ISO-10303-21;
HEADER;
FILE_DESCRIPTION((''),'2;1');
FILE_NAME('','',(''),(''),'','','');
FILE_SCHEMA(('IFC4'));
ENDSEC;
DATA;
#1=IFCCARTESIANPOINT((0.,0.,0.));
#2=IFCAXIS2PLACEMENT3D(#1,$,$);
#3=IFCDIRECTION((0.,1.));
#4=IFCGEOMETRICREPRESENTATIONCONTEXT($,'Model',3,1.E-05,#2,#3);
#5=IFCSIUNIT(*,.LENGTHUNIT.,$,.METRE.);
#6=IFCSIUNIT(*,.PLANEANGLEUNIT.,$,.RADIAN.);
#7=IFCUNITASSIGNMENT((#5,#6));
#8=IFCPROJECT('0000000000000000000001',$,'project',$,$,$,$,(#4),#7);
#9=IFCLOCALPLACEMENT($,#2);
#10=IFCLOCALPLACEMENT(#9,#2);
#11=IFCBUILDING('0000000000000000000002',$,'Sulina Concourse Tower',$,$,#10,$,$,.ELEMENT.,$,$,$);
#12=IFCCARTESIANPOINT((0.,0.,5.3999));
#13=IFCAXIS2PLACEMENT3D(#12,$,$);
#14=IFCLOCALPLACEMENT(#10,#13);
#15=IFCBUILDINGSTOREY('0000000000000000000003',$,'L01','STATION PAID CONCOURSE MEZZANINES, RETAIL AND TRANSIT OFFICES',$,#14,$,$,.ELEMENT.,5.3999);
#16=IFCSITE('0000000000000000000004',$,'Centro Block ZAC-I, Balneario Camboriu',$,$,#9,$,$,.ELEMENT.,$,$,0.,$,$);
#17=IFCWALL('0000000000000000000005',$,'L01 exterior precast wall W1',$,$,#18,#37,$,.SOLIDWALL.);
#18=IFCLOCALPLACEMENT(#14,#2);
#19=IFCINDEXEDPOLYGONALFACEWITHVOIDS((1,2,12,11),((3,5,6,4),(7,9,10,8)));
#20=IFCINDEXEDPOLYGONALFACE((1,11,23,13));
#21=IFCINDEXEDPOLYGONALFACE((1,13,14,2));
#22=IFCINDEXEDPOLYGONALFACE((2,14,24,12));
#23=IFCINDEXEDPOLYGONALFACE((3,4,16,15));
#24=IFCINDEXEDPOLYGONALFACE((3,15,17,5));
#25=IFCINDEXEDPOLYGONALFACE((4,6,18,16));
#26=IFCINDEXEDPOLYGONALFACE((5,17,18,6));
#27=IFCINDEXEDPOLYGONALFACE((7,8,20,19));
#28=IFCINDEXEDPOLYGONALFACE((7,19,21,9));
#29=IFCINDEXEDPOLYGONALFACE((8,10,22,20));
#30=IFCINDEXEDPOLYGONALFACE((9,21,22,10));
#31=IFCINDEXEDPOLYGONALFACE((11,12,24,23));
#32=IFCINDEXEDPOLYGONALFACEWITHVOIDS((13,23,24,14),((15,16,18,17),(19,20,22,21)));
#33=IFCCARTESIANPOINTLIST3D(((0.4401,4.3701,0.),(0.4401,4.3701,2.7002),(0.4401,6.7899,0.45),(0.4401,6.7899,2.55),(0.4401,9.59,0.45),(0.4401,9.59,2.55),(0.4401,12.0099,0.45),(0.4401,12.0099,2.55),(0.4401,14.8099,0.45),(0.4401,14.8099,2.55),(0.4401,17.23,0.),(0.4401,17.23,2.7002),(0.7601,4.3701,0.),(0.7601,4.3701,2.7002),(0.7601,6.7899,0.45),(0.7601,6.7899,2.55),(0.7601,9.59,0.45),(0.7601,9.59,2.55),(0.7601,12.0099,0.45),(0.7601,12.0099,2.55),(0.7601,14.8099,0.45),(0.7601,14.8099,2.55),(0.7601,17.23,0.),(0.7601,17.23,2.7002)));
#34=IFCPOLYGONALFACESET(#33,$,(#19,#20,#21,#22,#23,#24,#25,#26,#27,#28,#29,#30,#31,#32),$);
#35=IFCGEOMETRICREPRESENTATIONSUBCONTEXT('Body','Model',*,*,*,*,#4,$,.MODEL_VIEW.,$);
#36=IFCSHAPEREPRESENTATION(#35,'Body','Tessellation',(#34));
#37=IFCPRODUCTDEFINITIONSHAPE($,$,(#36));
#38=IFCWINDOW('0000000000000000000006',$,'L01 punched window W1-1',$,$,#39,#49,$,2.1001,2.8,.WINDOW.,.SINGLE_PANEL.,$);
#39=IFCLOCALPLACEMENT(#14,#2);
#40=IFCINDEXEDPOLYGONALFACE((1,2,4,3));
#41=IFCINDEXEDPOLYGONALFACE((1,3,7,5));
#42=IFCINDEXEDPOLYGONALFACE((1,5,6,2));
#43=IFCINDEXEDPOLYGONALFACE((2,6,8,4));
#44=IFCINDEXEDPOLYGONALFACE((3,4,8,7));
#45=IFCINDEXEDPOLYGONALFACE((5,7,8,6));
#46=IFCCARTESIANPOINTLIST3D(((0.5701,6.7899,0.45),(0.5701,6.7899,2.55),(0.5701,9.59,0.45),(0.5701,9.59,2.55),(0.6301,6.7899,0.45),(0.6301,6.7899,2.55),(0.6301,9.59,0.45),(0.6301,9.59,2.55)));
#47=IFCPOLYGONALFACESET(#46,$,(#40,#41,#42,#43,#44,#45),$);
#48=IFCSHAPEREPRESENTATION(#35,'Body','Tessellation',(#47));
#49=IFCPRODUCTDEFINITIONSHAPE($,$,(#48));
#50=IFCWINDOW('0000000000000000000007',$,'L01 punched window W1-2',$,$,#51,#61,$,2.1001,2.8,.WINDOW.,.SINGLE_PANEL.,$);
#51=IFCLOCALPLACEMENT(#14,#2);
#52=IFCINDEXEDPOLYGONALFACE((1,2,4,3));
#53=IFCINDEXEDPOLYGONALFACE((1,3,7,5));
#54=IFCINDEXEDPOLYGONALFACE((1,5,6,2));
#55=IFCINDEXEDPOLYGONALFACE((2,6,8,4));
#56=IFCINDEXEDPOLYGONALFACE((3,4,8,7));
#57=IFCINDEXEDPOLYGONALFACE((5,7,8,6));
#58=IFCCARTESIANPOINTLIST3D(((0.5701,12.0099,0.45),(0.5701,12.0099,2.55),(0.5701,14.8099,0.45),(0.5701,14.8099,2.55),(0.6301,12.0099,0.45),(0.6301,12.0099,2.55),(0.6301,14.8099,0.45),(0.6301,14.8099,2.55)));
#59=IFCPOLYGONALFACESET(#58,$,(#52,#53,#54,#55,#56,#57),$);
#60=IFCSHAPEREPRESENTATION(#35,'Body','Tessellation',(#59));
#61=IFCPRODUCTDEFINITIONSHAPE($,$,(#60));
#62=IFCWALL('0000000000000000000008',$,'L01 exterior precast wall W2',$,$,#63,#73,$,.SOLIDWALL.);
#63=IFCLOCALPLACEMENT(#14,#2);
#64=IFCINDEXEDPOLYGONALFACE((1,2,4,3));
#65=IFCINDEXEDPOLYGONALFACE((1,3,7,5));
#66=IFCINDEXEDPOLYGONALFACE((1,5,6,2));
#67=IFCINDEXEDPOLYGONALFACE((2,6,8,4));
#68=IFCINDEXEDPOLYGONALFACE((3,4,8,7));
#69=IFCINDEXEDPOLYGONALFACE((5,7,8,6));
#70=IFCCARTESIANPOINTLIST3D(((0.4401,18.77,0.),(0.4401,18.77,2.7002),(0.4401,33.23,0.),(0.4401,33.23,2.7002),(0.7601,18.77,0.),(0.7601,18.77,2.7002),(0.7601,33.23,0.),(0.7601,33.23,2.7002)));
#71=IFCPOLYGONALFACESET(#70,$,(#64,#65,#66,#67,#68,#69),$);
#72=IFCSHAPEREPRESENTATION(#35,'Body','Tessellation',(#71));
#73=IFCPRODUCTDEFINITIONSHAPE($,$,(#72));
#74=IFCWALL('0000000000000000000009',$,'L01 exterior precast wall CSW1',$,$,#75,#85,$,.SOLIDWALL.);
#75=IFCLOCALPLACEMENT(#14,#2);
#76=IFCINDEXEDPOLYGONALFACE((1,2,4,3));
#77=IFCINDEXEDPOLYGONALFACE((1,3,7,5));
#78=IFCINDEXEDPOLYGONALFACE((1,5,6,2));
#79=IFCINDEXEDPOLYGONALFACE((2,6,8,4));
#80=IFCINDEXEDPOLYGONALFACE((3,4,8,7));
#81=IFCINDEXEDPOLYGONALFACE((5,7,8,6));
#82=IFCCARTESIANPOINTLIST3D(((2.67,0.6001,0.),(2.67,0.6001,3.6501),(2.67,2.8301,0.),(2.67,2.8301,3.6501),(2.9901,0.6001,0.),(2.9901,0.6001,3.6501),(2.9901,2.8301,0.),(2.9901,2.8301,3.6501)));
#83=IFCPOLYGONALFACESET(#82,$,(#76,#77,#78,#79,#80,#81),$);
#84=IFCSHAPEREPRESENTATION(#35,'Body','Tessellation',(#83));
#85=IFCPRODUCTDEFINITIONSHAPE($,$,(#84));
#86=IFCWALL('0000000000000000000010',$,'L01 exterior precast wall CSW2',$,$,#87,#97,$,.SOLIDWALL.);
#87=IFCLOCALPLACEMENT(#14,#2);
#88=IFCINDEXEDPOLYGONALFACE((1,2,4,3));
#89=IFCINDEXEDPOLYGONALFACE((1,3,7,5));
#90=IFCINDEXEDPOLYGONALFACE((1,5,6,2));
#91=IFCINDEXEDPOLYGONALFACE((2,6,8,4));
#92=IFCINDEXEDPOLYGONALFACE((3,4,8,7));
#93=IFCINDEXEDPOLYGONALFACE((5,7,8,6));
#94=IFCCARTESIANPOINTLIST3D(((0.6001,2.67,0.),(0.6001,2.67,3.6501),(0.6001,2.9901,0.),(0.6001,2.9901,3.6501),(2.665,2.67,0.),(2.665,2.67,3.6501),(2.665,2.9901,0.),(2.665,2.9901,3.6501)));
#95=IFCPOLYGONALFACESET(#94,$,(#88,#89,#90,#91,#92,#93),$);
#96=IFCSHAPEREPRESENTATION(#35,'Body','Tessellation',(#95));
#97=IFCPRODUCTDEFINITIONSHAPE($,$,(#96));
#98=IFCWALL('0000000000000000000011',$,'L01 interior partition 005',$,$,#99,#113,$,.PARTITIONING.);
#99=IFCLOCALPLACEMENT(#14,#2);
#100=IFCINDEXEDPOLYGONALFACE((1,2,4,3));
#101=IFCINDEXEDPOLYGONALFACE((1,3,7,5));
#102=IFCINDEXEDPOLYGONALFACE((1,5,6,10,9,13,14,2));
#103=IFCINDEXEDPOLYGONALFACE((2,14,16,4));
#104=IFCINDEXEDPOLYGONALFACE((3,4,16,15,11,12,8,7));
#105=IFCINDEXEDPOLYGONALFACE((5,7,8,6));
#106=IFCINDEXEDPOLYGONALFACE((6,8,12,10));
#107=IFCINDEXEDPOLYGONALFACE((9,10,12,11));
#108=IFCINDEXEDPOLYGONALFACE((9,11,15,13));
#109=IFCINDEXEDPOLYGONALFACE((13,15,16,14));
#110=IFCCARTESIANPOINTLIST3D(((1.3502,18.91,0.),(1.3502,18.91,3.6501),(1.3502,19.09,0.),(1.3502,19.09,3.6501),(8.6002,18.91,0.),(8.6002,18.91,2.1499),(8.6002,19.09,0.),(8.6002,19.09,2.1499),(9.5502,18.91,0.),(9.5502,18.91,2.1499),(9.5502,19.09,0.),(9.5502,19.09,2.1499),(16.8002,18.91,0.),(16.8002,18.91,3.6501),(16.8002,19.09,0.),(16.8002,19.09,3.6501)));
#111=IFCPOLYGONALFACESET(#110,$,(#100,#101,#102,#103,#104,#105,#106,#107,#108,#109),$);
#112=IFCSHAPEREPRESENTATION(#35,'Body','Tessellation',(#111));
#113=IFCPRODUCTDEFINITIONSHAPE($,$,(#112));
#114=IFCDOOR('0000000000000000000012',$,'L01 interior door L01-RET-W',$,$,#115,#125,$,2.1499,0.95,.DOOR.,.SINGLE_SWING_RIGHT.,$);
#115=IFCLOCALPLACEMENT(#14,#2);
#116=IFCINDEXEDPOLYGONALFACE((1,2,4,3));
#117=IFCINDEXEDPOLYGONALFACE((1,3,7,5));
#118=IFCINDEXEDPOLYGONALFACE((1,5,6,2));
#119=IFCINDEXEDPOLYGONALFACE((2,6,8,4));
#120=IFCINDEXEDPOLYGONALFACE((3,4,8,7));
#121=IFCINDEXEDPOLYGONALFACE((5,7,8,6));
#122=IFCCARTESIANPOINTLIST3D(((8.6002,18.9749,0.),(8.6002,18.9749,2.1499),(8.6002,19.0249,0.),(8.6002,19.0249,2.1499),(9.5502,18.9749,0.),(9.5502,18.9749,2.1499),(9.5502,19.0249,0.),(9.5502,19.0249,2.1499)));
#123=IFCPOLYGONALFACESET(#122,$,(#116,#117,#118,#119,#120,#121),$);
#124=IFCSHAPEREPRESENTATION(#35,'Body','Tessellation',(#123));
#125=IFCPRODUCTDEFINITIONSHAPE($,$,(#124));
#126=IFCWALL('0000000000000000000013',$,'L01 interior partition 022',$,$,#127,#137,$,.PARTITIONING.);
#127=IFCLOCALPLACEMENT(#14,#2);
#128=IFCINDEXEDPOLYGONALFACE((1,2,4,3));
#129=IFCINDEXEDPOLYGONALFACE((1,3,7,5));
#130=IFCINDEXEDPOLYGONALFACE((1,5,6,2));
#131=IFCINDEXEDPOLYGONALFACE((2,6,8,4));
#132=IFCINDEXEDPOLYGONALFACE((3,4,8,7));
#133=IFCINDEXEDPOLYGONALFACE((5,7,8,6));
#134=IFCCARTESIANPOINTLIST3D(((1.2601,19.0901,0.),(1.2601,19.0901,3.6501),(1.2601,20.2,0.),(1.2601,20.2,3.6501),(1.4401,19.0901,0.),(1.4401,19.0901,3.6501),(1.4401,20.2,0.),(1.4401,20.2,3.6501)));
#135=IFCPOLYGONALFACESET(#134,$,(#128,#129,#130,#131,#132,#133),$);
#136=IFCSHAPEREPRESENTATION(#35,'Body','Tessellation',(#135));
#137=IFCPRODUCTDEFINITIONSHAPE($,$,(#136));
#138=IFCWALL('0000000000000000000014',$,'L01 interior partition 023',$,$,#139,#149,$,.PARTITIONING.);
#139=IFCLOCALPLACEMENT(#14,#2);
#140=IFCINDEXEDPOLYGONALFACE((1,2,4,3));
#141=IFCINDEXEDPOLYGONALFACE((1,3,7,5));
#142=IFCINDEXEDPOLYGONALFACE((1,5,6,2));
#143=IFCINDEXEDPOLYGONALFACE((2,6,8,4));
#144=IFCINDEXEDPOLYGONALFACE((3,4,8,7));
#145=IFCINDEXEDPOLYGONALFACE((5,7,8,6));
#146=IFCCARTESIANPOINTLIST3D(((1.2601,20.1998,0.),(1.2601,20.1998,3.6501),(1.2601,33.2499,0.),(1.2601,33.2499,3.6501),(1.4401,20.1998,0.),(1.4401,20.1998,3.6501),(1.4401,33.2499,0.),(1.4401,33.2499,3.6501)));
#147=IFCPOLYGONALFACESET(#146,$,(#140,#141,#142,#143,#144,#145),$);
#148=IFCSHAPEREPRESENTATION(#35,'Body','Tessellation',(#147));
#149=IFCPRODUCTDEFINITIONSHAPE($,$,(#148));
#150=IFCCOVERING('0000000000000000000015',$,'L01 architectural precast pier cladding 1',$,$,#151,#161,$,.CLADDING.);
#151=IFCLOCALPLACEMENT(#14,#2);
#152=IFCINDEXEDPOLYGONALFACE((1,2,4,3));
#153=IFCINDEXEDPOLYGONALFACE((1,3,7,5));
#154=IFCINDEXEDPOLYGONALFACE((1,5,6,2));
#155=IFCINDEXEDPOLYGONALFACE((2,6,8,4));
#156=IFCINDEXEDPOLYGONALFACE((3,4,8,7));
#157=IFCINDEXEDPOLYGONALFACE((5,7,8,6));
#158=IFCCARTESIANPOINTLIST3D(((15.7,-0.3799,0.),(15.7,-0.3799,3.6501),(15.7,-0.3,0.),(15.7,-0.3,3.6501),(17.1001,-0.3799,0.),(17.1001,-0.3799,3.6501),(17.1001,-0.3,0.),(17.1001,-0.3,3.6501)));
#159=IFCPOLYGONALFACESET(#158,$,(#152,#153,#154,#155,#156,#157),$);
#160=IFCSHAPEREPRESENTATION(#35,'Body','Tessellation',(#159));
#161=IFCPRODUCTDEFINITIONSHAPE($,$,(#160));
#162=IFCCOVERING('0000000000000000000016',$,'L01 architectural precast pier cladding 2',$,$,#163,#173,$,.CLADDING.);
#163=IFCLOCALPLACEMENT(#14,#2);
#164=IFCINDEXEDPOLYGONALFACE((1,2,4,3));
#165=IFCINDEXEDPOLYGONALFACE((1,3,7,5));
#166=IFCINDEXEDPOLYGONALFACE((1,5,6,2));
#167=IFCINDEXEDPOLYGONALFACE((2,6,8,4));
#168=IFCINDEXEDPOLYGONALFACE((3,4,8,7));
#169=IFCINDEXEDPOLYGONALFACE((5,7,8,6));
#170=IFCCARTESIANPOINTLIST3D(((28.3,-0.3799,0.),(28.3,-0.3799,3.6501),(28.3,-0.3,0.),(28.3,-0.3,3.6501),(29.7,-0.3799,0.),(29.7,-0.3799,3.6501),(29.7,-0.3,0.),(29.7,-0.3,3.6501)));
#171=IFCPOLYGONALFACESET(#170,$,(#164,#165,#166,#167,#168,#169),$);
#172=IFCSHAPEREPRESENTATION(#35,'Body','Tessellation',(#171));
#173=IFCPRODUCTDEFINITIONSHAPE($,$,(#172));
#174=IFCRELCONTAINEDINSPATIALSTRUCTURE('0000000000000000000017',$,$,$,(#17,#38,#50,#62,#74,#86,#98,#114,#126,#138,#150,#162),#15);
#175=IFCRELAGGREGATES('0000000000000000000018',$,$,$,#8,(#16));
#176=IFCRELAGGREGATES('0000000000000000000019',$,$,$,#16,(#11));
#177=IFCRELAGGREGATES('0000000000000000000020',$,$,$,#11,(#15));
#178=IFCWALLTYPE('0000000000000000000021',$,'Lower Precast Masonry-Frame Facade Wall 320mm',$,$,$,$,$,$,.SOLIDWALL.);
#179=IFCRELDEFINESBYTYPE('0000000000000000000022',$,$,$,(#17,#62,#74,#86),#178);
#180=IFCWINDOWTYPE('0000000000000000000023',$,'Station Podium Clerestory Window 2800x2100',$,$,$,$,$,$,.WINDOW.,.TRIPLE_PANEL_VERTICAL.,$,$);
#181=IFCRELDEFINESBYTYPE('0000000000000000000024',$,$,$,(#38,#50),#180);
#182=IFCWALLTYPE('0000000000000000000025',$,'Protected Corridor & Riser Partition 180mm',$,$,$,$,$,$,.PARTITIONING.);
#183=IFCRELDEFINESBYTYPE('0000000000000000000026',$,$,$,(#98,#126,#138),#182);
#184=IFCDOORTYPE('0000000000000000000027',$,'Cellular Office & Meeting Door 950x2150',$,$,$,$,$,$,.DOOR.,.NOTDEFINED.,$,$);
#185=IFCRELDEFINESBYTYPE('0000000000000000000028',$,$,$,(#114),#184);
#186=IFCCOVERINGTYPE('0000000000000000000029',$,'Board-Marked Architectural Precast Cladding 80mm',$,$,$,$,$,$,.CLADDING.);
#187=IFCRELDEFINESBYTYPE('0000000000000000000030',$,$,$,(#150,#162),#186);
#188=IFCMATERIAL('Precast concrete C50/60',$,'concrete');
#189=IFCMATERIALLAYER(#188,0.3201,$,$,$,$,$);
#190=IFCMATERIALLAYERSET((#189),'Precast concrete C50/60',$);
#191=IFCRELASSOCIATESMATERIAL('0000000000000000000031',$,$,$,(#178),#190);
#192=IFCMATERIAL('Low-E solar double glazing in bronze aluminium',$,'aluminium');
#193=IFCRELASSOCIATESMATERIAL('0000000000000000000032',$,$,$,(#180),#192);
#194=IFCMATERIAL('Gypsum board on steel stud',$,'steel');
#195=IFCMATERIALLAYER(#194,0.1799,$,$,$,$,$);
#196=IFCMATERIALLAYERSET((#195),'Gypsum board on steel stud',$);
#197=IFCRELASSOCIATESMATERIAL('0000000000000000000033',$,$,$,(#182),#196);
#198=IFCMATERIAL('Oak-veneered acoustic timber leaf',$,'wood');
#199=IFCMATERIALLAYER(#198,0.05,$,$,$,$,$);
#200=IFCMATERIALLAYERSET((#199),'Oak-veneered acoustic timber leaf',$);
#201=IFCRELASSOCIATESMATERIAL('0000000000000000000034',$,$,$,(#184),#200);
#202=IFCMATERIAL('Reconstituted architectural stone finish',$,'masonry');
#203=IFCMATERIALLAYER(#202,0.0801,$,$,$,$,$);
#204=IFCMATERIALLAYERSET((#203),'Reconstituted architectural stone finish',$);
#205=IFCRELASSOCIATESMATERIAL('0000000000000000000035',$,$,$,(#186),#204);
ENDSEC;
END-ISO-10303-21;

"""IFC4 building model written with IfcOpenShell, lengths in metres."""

from ifc_helpers import new_model, si_unit, direction, frame, frame_2d, origin, place, context, subcontext, project, spatial, polyline, rectangle, outline, extrude, material, layer, layer_set, type_object, element, fill, save


model = new_model("IFC4")

# Units and contexts
model_context = context("Model", 3, precision=1e-05, world=origin(), true_north=direction((0.0, 1.0)))
body_context = subcontext(model_context, "Body", "Model", "MODEL_VIEW")
ifc_project = project(units=[si_unit("LENGTHUNIT", "METRE"), si_unit("PLANEANGLEUNIT", "RADIAN")], contexts=[model_context])

# Site, building, storey
site_placement = place(None, origin())
site = spatial("IfcSite", under=ifc_project, at=site_placement, Name="Centro Block ZAC-I, Balneario Camboriu", CompositionType="ELEMENT", RefElevation=0.0)
building_placement = place(site_placement, origin())
building = spatial("IfcBuilding", under=site, at=building_placement, Name="Sulina Concourse Tower", CompositionType="ELEMENT")
storey_placement = place(building_placement, frame((0.0, 0.0, 5.3999)))
storey = spatial("IfcBuildingStorey", under=building, at=storey_placement, Name="L01", Description="STATION PAID CONCOURSE MEZZANINES, RETAIL AND TRANSIT OFFICES", CompositionType="ELEMENT", Elevation=5.3999)

# Wall, openings, windows
ifc_material_1 = material(Name="Precast concrete C50/60", Category="concrete")
ifc_layer_1 = layer(ifc_material_1, 0.3201)
ifc_layer_set_1 = layer_set([ifc_layer_1], Name="Precast concrete C50/60")
wall_type_1 = type_object("IfcWallType", Name="Lower Precast Masonry-Frame Facade Wall 320mm", PredefinedType="SOLIDWALL", material=ifc_layer_set_1)
wall_1_placement = place(storey_placement, frame((0.6001, 4.3701, 0.0), z_axis=(0.0, 0.0, 1.0), x_axis=(0.0, 1.0, 0.0)))
wall_1 = element("IfcWall", 1, at=wall_1_placement, inside=storey, type_object=wall_type_1, Name="L01 exterior precast wall W1", PredefinedType="SOLIDWALL", context=body_context, shape_type="SweptSolid", body=[
    extrude(rectangle(XDim=12.8599, YDim=0.3201, at=frame_2d((6.4299, 0.0))), origin(), (0.0, 0.0, 1.0), 2.7002),
])
opening_1_placement = place(wall_1_placement, frame((2.4199, 0.0, 0.45)))
opening_1 = element("IfcOpeningElement", 2, at=opening_1_placement, cuts=wall_1, PredefinedType="OPENING", context=body_context, shape_type="SweptSolid", body=[
    extrude(rectangle(XDim=2.8, YDim=2.1001, at=frame_2d((1.3999, 1.05))), frame((0.0, 0.1699, 0.0), z_axis=(0.0, -1.0, 0.0), x_axis=(1.0, 0.0, 0.0)), (0.0, 0.0, 1.0), 0.3401),
])
opening_2_placement = place(wall_1_placement, frame((7.6399, 0.0, 0.45)))
opening_2 = element("IfcOpeningElement", 3, at=opening_2_placement, cuts=wall_1, PredefinedType="OPENING", context=body_context, shape_type="SweptSolid", body=[
    extrude(rectangle(XDim=2.8, YDim=2.1001, at=frame_2d((1.3999, 1.05))), frame((0.0, 0.1699, 0.0), z_axis=(0.0, -1.0, 0.0), x_axis=(1.0, 0.0, 0.0)), (0.0, 0.0, 1.0), 0.3401),
])
ifc_material_2 = material(Name="Low-E solar double glazing in bronze aluminium", Category="aluminium")
window_type_1 = type_object("IfcWindowType", Name="Station Podium Clerestory Window 2800x2100", PartitioningType="TRIPLE_PANEL_VERTICAL", PredefinedType="WINDOW", material=ifc_material_2)
window_1_placement = place(opening_1_placement, origin())
window_1 = element("IfcWindow", 4, at=window_1_placement, inside=storey, type_object=window_type_1, Name="L01 punched window W1-1", OverallHeight=2.1001, OverallWidth=2.8, PartitioningType="SINGLE_PANEL", PredefinedType="WINDOW", context=body_context, shape_type="SweptSolid", body=[
    extrude(rectangle(XDim=2.8, YDim=2.1001, at=frame_2d((1.3999, 1.05))), frame((0.0, 0.03, 0.0), z_axis=(0.0, -1.0, 0.0), x_axis=(1.0, 0.0, 0.0)), (0.0, 0.0, 1.0), 0.0601),
])
fill(opening_1, window_1)
window_2_placement = place(opening_2_placement, origin())
window_2 = element("IfcWindow", 5, at=window_2_placement, inside=storey, type_object=window_type_1, Name="L01 punched window W1-2", OverallHeight=2.1001, OverallWidth=2.8, PartitioningType="SINGLE_PANEL", PredefinedType="WINDOW", context=body_context, shape_type="SweptSolid", body=[
    extrude(rectangle(XDim=2.8, YDim=2.1001, at=frame_2d((1.3999, 1.05))), frame((0.0, 0.03, 0.0), z_axis=(0.0, -1.0, 0.0), x_axis=(1.0, 0.0, 0.0)), (0.0, 0.0, 1.0), 0.0601),
])
fill(opening_2, window_2)

# Walls
wall_2_placement = place(storey_placement, frame((0.6001, 18.77, 0.0), z_axis=(0.0, 0.0, 1.0), x_axis=(0.0, 1.0, 0.0)))
element("IfcWall", 6, at=wall_2_placement, inside=storey, type_object=wall_type_1, Name="L01 exterior precast wall W2", PredefinedType="SOLIDWALL", context=body_context, shape_type="SweptSolid", body=[
    extrude(rectangle(XDim=14.46, YDim=0.3201, at=frame_2d((7.23, 0.0))), origin(), (0.0, 0.0, 1.0), 2.7002),
])
wall_3_placement = place(storey_placement, frame((2.8301, 0.6001, 0.0), z_axis=(0.0, 0.0, 1.0), x_axis=(0.0, 1.0, 0.0)))
element("IfcWall", 7, at=wall_3_placement, inside=storey, type_object=wall_type_1, Name="L01 exterior precast wall CSW1", PredefinedType="SOLIDWALL", context=body_context, shape_type="SweptSolid", body=[
    extrude(rectangle(XDim=2.23, YDim=0.3201, at=frame_2d((1.115, 0.0))), origin(), (0.0, 0.0, 1.0), 3.6501),
])
wall_4_placement = place(storey_placement, frame((2.665, 2.8301, 0.0), z_axis=(0.0, 0.0, 1.0), x_axis=(-1.0, 0.0, 0.0)))
element("IfcWall", 8, at=wall_4_placement, inside=storey, type_object=wall_type_1, Name="L01 exterior precast wall CSW2", PredefinedType="SOLIDWALL", context=body_context, shape_type="SweptSolid", body=[
    extrude(rectangle(XDim=2.0649, YDim=0.3201, at=frame_2d((1.0325, 0.0))), origin(), (0.0, 0.0, 1.0), 3.6501),
])

# Wall, opening, door
ifc_material_3 = material(Name="Gypsum board on steel stud", Category="steel")
ifc_layer_2 = layer(ifc_material_3, 0.1799)
ifc_layer_set_2 = layer_set([ifc_layer_2], Name="Gypsum board on steel stud")
wall_type_2 = type_object("IfcWallType", Name="Protected Corridor & Riser Partition 180mm", PredefinedType="PARTITIONING", material=ifc_layer_set_2)
wall_5_placement = place(storey_placement, frame((1.3501, 19.0, 0.0), z_axis=(0.0, 0.0, 1.0), x_axis=(1.0, 0.0, 0.0)))
wall_5 = element("IfcWall", 9, at=wall_5_placement, inside=storey, type_object=wall_type_2, Name="L01 interior partition 005", PredefinedType="PARTITIONING", context=body_context, shape_type="SweptSolid", body=[
    extrude(rectangle(XDim=15.45, YDim=0.1799, at=frame_2d((7.7251, 0.0))), origin(), (0.0, 0.0, 1.0), 3.6501),
])
opening_3_placement = place(wall_5_placement, frame((7.25, 0.0, 0.0)))
opening_3 = element("IfcOpeningElement", 10, at=opening_3_placement, cuts=wall_5, PredefinedType="OPENING", context=body_context, shape_type="SweptSolid", body=[
    extrude(rectangle(XDim=0.95, YDim=2.1499, at=frame_2d((0.4751, 1.075))), frame((0.0, 0.0999, 0.0), z_axis=(0.0, -1.0, 0.0), x_axis=(1.0, 0.0, 0.0)), (0.0, 0.0, 1.0), 0.2),
])
ifc_material_4 = material(Name="Oak-veneered acoustic timber leaf", Category="wood")
ifc_layer_3 = layer(ifc_material_4, 0.05)
ifc_layer_set_3 = layer_set([ifc_layer_3], Name="Oak-veneered acoustic timber leaf")
door_type = type_object("IfcDoorType", Name="Cellular Office & Meeting Door 950x2150", OperationType="NOTDEFINED", PredefinedType="DOOR", material=ifc_layer_set_3)
door_placement = place(opening_3_placement, origin())
door = element("IfcDoor", 11, at=door_placement, inside=storey, type_object=door_type, Name="L01 interior door L01-RET-W", OperationType="SINGLE_SWING_RIGHT", OverallHeight=2.1499, OverallWidth=0.95, PredefinedType="DOOR", context=body_context, shape_type="SweptSolid", body=[
    extrude(rectangle(XDim=0.95, YDim=2.1499, at=frame_2d((0.4751, 1.075))), frame((0.0, 0.0249, 0.0), z_axis=(0.0, -1.0, 0.0), x_axis=(1.0, 0.0, 0.0)), (0.0, 0.0, 1.0), 0.05),
])
fill(opening_3, door)

# Walls
wall_6_placement = place(storey_placement, frame((1.3501, 19.0901, 0.0), z_axis=(0.0, 0.0, 1.0), x_axis=(0.0, 1.0, 0.0)))
element("IfcWall", 12, at=wall_6_placement, inside=storey, type_object=wall_type_2, Name="L01 interior partition 022", PredefinedType="PARTITIONING", context=body_context, shape_type="SweptSolid", body=[
    extrude(rectangle(XDim=1.1099, YDim=0.1799, at=frame_2d((0.5549, 0.0))), origin(), (0.0, 0.0, 1.0), 3.6501),
])
wall_7_placement = place(storey_placement, frame((1.3501, 20.2, 0.0), z_axis=(0.0, 0.0, 1.0), x_axis=(0.0, 1.0, 0.0)))
element("IfcWall", 13, at=wall_7_placement, inside=storey, type_object=wall_type_2, Name="L01 interior partition 023", PredefinedType="PARTITIONING", context=body_context, shape_type="SweptSolid", body=[
    extrude(rectangle(XDim=13.05, YDim=0.1799, at=frame_2d((6.5249, 0.0))), origin(), (0.0, 0.0, 1.0), 3.6501),
])

# Coverings
ifc_material_5 = material(Name="Reconstituted architectural stone finish", Category="masonry")
ifc_layer_4 = layer(ifc_material_5, 0.0801)
ifc_layer_set_4 = layer_set([ifc_layer_4], Name="Reconstituted architectural stone finish")
covering_type_1 = type_object("IfcCoveringType", Name="Board-Marked Architectural Precast Cladding 80mm", PredefinedType="CLADDING", material=ifc_layer_set_4)
covering_1_placement = place(storey_placement, origin())
element("IfcCovering", 14, at=covering_1_placement, inside=storey, type_object=covering_type_1, Name="L01 architectural precast pier cladding 1", PredefinedType="CLADDING", context=body_context, shape_type="SweptSolid", body=[
    extrude(outline(polyline([(15.7, -0.3799), (17.1001, -0.3799), (17.1001, -0.3), (15.7, -0.3), (15.7, -0.3799)])), origin(), (0.0, 0.0, 1.0), 3.6501),
])
covering_2_placement = place(storey_placement, origin())
element("IfcCovering", 15, at=covering_2_placement, inside=storey, type_object=covering_type_1, Name="L01 architectural precast pier cladding 2", PredefinedType="CLADDING", context=body_context, shape_type="SweptSolid", body=[
    extrude(outline(polyline([(28.3, -0.3799), (29.7, -0.3799), (29.7, -0.3), (28.3, -0.3), (28.3, -0.3799)])), origin(), (0.0, 0.0, 1.0), 3.6501),
])

save(model, "model.ifc")
